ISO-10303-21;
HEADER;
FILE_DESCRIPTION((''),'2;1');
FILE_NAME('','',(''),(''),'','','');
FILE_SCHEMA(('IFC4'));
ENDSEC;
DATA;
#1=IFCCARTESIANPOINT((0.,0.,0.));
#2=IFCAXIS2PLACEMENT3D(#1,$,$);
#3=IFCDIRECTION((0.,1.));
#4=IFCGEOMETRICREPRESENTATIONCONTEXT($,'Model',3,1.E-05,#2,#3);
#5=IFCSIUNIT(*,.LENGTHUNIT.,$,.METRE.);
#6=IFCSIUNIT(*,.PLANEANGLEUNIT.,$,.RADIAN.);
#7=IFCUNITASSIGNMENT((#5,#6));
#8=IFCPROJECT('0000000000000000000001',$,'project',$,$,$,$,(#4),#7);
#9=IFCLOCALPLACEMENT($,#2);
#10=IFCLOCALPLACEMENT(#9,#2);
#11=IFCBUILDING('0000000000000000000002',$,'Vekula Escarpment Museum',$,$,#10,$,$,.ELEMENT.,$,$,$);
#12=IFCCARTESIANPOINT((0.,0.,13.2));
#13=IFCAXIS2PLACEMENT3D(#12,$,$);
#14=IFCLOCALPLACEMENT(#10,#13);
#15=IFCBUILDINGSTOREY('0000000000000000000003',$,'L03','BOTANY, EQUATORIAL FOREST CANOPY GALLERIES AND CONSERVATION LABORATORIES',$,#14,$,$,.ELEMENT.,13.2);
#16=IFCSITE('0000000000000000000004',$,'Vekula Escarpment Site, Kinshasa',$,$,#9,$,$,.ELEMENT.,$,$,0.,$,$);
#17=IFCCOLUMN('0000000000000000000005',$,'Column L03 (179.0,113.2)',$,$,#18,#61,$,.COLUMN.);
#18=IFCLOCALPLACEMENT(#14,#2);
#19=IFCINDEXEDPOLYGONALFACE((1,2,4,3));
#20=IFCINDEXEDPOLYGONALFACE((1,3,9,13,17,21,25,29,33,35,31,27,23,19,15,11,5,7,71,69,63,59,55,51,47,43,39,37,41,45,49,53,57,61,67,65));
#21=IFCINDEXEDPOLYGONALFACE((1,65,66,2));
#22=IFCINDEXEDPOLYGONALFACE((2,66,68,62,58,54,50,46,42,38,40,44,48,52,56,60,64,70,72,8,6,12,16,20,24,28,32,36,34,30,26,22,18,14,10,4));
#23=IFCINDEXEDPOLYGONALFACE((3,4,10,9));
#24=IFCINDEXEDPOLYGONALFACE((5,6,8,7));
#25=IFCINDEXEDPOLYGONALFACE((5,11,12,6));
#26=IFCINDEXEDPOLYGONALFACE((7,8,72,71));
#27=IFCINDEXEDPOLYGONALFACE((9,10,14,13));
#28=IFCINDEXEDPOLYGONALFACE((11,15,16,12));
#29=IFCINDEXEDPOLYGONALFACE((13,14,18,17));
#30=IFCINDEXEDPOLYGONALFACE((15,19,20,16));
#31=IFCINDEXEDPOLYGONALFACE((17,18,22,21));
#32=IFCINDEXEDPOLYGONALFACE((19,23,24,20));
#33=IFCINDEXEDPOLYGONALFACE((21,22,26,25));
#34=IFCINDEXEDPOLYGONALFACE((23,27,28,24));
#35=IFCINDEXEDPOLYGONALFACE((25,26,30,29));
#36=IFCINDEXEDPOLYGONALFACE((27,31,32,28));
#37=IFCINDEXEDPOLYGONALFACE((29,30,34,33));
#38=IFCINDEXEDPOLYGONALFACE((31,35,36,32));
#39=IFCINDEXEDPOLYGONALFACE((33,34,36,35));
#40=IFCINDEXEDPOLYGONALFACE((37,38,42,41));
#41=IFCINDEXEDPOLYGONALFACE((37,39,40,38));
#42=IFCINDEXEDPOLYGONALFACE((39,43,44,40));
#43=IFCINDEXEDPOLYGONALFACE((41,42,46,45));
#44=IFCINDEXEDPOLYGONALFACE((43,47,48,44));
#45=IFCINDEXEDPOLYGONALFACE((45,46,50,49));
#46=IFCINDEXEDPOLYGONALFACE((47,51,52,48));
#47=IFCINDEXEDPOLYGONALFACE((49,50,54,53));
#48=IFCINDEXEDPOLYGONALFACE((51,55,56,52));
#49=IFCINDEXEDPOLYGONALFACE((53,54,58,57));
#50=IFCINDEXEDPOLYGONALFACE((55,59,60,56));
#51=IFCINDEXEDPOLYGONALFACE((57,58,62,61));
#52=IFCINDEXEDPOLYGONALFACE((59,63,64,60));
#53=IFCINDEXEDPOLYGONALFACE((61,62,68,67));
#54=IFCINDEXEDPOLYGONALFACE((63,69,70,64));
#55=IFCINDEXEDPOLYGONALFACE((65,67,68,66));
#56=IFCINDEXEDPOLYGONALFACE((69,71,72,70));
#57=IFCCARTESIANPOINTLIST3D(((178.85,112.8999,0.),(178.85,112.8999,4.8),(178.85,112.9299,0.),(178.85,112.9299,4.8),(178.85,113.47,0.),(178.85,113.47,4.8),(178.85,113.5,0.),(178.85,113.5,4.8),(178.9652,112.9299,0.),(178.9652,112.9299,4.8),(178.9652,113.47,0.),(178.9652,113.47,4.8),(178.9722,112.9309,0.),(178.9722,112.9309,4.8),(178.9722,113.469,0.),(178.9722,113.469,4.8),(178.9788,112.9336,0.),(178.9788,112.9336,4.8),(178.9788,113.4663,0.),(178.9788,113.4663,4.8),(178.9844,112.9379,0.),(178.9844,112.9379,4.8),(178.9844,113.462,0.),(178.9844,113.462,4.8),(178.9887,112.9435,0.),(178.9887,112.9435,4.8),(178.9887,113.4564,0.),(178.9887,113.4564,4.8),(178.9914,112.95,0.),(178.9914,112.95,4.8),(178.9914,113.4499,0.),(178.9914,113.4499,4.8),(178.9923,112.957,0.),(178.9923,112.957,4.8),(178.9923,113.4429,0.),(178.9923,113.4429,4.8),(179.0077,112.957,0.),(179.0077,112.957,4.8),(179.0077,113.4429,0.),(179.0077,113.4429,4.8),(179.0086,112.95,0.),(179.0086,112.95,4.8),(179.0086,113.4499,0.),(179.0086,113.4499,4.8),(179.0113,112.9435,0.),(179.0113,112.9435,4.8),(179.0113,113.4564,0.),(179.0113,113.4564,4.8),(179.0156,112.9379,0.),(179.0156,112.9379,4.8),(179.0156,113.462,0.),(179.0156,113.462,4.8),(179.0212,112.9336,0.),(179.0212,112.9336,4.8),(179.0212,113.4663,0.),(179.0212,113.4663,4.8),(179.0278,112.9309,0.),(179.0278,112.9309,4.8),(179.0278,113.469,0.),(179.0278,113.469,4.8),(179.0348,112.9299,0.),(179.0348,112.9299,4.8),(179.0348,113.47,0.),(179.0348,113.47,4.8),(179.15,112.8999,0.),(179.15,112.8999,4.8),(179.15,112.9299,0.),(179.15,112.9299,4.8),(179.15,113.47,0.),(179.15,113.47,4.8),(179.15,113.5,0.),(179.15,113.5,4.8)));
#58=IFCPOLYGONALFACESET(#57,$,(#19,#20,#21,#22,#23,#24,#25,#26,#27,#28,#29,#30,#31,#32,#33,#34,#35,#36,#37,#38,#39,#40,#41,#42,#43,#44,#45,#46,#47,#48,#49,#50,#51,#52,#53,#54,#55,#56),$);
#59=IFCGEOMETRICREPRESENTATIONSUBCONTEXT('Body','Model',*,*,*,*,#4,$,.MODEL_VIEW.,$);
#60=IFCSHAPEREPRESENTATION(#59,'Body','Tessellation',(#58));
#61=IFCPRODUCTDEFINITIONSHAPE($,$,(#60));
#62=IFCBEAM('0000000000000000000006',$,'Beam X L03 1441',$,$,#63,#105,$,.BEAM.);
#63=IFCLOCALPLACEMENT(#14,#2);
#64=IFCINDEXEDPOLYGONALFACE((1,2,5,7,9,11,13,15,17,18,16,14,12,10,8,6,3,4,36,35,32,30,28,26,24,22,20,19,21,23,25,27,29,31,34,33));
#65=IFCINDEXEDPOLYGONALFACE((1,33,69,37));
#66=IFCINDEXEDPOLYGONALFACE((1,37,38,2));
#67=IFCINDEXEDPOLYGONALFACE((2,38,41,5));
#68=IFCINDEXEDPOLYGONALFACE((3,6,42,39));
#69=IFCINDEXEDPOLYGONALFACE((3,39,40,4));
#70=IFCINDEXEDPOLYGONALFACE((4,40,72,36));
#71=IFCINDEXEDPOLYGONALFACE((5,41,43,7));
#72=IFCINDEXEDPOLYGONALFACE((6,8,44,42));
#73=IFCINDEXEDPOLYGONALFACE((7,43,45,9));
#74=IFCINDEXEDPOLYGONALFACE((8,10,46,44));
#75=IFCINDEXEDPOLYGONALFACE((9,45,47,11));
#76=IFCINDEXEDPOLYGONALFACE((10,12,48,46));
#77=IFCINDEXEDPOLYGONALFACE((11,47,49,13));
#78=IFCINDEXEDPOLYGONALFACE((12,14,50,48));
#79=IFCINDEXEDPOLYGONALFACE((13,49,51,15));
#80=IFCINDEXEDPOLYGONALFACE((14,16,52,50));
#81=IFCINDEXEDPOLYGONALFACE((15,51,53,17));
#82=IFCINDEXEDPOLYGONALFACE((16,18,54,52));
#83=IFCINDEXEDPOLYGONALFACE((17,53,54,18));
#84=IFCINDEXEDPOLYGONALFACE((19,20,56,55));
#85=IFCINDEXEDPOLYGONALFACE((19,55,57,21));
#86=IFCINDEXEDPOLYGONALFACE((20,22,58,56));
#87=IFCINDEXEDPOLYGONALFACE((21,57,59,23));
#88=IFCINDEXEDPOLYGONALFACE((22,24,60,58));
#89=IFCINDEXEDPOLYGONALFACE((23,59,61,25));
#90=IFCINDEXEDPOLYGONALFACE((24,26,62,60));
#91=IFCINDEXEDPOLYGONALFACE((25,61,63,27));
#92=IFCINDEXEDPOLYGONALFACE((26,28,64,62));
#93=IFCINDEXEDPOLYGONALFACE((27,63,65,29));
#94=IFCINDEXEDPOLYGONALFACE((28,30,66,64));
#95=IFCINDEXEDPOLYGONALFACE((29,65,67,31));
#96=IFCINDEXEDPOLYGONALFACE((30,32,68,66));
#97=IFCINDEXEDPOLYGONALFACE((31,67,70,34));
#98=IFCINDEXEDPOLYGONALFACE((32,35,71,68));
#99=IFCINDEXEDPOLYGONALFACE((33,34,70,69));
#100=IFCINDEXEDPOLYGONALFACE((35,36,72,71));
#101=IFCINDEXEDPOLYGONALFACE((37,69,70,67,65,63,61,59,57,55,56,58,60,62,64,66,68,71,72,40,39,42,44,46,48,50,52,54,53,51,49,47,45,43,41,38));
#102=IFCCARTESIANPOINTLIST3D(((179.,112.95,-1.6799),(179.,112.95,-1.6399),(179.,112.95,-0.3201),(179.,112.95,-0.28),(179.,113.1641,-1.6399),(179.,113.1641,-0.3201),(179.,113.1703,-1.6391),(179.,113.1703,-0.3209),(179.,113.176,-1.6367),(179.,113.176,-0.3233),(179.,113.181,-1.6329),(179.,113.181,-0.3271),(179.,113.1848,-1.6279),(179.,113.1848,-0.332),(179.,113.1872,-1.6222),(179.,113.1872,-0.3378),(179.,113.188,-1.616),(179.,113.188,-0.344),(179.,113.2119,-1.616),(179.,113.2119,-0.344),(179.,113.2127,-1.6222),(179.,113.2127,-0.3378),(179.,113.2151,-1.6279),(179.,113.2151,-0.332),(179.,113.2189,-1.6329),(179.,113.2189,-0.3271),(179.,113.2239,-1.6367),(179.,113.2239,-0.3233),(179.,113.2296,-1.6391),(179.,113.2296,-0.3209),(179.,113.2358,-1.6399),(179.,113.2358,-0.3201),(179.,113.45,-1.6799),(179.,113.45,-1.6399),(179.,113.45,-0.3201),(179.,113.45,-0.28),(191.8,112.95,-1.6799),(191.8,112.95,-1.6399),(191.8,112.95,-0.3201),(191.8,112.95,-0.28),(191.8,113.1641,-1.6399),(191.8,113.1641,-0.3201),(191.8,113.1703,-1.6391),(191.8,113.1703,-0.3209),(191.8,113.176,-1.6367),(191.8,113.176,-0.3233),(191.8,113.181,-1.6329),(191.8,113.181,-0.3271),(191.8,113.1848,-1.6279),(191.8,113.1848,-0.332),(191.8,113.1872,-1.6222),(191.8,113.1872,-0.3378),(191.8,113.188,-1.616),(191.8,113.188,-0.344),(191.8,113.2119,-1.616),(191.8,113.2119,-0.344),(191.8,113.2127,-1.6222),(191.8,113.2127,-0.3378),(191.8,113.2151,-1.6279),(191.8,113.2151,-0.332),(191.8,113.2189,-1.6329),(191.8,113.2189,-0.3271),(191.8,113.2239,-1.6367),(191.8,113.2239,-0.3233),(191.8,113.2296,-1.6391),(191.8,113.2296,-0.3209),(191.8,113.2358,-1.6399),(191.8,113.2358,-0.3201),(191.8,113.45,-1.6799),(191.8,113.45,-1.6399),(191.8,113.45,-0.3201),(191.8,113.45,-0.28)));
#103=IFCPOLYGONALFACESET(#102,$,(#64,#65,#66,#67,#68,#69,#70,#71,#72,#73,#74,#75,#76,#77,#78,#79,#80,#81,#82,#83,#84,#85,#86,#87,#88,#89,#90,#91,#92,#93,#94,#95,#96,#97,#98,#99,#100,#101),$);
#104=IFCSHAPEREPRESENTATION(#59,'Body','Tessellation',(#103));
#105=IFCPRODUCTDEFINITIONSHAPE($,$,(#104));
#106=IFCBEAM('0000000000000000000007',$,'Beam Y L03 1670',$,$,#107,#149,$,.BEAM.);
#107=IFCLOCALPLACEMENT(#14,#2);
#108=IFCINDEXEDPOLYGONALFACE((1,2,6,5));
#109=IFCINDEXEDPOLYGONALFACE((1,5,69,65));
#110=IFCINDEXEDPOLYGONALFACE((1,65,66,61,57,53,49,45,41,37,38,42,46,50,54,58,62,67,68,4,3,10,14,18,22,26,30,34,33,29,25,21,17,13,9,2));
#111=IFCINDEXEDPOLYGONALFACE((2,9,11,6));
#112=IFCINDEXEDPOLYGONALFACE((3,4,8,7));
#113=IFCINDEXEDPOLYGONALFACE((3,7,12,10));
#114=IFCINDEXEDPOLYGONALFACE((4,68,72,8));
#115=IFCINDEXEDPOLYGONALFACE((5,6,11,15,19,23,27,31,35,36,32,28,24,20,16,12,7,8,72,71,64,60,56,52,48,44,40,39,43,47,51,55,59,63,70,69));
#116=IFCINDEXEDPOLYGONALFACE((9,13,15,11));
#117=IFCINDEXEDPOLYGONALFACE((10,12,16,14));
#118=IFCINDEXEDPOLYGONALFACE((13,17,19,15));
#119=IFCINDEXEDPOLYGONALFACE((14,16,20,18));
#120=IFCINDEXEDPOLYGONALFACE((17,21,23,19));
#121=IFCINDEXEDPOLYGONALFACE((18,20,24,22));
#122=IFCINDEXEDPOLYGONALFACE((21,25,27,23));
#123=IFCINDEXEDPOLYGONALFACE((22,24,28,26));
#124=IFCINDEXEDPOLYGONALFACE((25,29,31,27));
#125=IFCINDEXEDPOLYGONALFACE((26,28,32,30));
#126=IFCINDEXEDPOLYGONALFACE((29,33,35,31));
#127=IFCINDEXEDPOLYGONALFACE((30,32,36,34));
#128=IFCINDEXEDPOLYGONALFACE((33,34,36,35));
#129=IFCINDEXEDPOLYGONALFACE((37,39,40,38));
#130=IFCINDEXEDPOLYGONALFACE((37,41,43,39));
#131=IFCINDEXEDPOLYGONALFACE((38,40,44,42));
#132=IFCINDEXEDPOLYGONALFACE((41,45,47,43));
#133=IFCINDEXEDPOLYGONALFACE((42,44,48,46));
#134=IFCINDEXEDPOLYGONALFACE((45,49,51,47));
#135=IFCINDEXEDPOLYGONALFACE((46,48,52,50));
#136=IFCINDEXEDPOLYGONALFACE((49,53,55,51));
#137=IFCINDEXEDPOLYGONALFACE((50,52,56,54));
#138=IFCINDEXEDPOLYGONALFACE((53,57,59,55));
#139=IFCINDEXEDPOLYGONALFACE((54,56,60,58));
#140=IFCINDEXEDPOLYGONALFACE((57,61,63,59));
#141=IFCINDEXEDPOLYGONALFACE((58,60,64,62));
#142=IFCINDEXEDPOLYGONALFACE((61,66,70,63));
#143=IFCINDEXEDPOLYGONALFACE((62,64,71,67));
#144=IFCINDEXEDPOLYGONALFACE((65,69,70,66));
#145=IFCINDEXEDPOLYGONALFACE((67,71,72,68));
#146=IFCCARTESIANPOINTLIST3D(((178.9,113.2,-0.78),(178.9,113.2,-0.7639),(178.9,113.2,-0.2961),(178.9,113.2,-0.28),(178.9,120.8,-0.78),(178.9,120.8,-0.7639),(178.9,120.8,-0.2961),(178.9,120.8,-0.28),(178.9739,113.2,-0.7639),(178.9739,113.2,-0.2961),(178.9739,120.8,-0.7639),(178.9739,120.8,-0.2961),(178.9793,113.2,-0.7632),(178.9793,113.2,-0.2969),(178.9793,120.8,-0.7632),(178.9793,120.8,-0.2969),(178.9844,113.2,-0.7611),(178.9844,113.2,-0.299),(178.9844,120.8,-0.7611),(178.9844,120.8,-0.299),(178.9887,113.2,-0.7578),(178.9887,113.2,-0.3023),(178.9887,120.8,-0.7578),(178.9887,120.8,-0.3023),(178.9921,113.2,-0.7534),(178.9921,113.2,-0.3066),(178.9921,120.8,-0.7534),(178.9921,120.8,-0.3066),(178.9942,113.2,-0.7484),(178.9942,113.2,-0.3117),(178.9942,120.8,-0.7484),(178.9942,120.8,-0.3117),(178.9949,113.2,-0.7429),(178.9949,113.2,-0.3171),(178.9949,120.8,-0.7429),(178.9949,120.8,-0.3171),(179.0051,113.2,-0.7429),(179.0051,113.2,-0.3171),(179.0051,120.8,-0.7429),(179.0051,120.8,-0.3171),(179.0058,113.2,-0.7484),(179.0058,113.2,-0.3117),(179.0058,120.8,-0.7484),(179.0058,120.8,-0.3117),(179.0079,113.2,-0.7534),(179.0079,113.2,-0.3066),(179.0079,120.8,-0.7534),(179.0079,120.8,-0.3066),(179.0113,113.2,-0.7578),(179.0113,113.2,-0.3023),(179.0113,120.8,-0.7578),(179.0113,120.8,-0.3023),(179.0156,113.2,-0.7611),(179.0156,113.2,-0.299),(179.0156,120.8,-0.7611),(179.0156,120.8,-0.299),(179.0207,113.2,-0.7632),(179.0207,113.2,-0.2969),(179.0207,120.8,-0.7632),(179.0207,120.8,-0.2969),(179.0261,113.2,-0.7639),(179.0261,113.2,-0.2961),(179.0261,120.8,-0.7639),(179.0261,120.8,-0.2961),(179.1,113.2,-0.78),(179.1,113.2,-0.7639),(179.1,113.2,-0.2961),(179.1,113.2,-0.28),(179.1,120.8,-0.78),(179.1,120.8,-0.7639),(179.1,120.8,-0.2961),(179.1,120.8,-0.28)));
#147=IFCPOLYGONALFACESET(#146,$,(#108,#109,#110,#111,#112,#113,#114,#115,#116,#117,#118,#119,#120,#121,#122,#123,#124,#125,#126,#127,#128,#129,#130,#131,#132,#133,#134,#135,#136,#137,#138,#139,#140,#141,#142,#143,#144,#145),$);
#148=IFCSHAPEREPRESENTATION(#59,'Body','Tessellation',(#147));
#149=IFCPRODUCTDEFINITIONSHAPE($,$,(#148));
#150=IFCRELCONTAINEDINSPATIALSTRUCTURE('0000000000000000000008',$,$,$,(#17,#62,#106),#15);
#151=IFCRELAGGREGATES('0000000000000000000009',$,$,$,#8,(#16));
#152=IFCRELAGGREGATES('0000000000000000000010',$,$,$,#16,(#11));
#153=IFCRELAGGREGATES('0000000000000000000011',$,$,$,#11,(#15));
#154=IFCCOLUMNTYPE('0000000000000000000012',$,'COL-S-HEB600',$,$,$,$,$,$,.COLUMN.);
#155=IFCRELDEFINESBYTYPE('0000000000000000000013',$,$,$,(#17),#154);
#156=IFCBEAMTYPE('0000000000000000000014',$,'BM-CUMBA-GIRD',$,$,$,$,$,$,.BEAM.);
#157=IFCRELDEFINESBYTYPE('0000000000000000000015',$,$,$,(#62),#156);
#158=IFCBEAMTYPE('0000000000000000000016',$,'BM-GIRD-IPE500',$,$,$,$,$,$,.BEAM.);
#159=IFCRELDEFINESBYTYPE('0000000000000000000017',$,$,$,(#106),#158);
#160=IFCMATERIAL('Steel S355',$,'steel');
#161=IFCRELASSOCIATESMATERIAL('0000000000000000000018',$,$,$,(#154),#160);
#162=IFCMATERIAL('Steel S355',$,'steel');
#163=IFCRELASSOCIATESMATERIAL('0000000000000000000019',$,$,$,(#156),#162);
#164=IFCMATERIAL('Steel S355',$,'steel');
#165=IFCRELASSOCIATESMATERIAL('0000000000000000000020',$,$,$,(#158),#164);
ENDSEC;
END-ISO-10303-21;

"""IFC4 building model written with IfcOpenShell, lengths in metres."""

from ifc_helpers import new_model, si_unit, direction, frame, origin, origin_2d, place, context, subcontext, project, spatial, i_section, extrude, material, material_profile, profile_set, type_object, element, save


model = new_model("IFC4")

# Units and contexts
model_context = context("Model", 3, precision=1e-05, world=origin(), true_north=direction((0.0, 1.0)))
body_context = subcontext(model_context, "Body", "Model", "MODEL_VIEW")
ifc_project = project(units=[si_unit("LENGTHUNIT", "METRE"), si_unit("PLANEANGLEUNIT", "RADIAN")], contexts=[model_context])

# Site, building, storey
site_placement = place(None, origin())
site = spatial("IfcSite", under=ifc_project, at=site_placement, Name="Vekula Escarpment Site, Kinshasa", CompositionType="ELEMENT", RefElevation=0.0)
building_placement = place(site_placement, origin())
building = spatial("IfcBuilding", under=site, at=building_placement, Name="Vekula Escarpment Museum", CompositionType="ELEMENT")
storey_placement = place(building_placement, frame((0.0, 0.0, 13.2)))
storey = spatial("IfcBuildingStorey", under=building, at=storey_placement, Name="L03", Description="BOTANY, EQUATORIAL FOREST CANOPY GALLERIES AND CONSERVATION LABORATORIES", CompositionType="ELEMENT", Elevation=13.2)

# Column
ifc_material_1 = material(Name="Steel S355", Category="steel")
ifc_material_profile_1 = material_profile(ifc_material_1, i_section(OverallWidth=0.3, OverallDepth=0.6001, WebThickness=0.0154, FlangeThickness=0.03, FilletRadius=0.0271, at=origin_2d()), Name="HEB 600")
ifc_profile_set_1 = profile_set([ifc_material_profile_1], Name="Steel S355")
column_type = type_object("IfcColumnType", Name="COL-S-HEB600", PredefinedType="COLUMN", material=ifc_profile_set_1)
column_placement = place(storey_placement, frame((179.0, 113.2, 0.0), z_axis=(0.0, 0.0, 1.0), x_axis=(1.0, 0.0, 0.0)))
element("IfcColumn", 1, at=column_placement, inside=storey, type_object=column_type, Name="Column L03 (179.0,113.2)", PredefinedType="COLUMN", context=body_context, shape_type="SweptSolid", body=[
    extrude(i_section(OverallWidth=0.3, OverallDepth=0.6001, WebThickness=0.0154, FlangeThickness=0.03, FilletRadius=0.0271, at=origin_2d()), origin(), (0.0, 0.0, 1.0), 4.8),
])

# Beams
ifc_material_2 = material(Name="Steel S355", Category="steel")
ifc_material_profile_2 = material_profile(ifc_material_2, i_section(OverallWidth=0.5, OverallDepth=1.3999, WebThickness=0.0239, FlangeThickness=0.04, FilletRadius=0.0239, at=origin_2d()), Name="WPG 1400x500")
ifc_profile_set_2 = profile_set([ifc_material_profile_2], Name="Steel S355")
beam_type_1 = type_object("IfcBeamType", Name="BM-CUMBA-GIRD", PredefinedType="BEAM", material=ifc_profile_set_2)
beam_1_placement = place(storey_placement, frame((179.0, 113.2, -0.98), z_axis=(1.0, 0.0, 0.0), x_axis=(0.0, 1.0, 0.0)))
element("IfcBeam", 2, at=beam_1_placement, inside=storey, type_object=beam_type_1, Name="Beam X L03 1441", PredefinedType="BEAM", context=body_context, shape_type="SweptSolid", body=[
    extrude(i_section(OverallWidth=0.5, OverallDepth=1.3999, WebThickness=0.0239, FlangeThickness=0.04, FilletRadius=0.0239, at=origin_2d()), origin(), (0.0, 0.0, 1.0), 12.8),
])
ifc_material_3 = material(Name="Steel S355", Category="steel")
ifc_material_profile_3 = material_profile(ifc_material_3, i_section(OverallWidth=0.2, OverallDepth=0.5, WebThickness=0.0103, FlangeThickness=0.0161, FilletRadius=0.021, at=origin_2d()), Name="IPE 500")
ifc_profile_set_3 = profile_set([ifc_material_profile_3], Name="Steel S355")
beam_type_2 = type_object("IfcBeamType", Name="BM-GIRD-IPE500", PredefinedType="BEAM", material=ifc_profile_set_3)
beam_2_placement = place(storey_placement, frame((179.0, 113.2, -0.53), z_axis=(0.0, 1.0, 0.0), x_axis=(-1.0, 0.0, 0.0)))
element("IfcBeam", 3, at=beam_2_placement, inside=storey, type_object=beam_type_2, Name="Beam Y L03 1670", PredefinedType="BEAM", context=body_context, shape_type="SweptSolid", body=[
    extrude(i_section(OverallWidth=0.2, OverallDepth=0.5, WebThickness=0.0103, FlangeThickness=0.0161, FilletRadius=0.021, at=origin_2d()), origin(), (0.0, 0.0, 1.0), 7.6001),
])

save(model, "model.ifc")
